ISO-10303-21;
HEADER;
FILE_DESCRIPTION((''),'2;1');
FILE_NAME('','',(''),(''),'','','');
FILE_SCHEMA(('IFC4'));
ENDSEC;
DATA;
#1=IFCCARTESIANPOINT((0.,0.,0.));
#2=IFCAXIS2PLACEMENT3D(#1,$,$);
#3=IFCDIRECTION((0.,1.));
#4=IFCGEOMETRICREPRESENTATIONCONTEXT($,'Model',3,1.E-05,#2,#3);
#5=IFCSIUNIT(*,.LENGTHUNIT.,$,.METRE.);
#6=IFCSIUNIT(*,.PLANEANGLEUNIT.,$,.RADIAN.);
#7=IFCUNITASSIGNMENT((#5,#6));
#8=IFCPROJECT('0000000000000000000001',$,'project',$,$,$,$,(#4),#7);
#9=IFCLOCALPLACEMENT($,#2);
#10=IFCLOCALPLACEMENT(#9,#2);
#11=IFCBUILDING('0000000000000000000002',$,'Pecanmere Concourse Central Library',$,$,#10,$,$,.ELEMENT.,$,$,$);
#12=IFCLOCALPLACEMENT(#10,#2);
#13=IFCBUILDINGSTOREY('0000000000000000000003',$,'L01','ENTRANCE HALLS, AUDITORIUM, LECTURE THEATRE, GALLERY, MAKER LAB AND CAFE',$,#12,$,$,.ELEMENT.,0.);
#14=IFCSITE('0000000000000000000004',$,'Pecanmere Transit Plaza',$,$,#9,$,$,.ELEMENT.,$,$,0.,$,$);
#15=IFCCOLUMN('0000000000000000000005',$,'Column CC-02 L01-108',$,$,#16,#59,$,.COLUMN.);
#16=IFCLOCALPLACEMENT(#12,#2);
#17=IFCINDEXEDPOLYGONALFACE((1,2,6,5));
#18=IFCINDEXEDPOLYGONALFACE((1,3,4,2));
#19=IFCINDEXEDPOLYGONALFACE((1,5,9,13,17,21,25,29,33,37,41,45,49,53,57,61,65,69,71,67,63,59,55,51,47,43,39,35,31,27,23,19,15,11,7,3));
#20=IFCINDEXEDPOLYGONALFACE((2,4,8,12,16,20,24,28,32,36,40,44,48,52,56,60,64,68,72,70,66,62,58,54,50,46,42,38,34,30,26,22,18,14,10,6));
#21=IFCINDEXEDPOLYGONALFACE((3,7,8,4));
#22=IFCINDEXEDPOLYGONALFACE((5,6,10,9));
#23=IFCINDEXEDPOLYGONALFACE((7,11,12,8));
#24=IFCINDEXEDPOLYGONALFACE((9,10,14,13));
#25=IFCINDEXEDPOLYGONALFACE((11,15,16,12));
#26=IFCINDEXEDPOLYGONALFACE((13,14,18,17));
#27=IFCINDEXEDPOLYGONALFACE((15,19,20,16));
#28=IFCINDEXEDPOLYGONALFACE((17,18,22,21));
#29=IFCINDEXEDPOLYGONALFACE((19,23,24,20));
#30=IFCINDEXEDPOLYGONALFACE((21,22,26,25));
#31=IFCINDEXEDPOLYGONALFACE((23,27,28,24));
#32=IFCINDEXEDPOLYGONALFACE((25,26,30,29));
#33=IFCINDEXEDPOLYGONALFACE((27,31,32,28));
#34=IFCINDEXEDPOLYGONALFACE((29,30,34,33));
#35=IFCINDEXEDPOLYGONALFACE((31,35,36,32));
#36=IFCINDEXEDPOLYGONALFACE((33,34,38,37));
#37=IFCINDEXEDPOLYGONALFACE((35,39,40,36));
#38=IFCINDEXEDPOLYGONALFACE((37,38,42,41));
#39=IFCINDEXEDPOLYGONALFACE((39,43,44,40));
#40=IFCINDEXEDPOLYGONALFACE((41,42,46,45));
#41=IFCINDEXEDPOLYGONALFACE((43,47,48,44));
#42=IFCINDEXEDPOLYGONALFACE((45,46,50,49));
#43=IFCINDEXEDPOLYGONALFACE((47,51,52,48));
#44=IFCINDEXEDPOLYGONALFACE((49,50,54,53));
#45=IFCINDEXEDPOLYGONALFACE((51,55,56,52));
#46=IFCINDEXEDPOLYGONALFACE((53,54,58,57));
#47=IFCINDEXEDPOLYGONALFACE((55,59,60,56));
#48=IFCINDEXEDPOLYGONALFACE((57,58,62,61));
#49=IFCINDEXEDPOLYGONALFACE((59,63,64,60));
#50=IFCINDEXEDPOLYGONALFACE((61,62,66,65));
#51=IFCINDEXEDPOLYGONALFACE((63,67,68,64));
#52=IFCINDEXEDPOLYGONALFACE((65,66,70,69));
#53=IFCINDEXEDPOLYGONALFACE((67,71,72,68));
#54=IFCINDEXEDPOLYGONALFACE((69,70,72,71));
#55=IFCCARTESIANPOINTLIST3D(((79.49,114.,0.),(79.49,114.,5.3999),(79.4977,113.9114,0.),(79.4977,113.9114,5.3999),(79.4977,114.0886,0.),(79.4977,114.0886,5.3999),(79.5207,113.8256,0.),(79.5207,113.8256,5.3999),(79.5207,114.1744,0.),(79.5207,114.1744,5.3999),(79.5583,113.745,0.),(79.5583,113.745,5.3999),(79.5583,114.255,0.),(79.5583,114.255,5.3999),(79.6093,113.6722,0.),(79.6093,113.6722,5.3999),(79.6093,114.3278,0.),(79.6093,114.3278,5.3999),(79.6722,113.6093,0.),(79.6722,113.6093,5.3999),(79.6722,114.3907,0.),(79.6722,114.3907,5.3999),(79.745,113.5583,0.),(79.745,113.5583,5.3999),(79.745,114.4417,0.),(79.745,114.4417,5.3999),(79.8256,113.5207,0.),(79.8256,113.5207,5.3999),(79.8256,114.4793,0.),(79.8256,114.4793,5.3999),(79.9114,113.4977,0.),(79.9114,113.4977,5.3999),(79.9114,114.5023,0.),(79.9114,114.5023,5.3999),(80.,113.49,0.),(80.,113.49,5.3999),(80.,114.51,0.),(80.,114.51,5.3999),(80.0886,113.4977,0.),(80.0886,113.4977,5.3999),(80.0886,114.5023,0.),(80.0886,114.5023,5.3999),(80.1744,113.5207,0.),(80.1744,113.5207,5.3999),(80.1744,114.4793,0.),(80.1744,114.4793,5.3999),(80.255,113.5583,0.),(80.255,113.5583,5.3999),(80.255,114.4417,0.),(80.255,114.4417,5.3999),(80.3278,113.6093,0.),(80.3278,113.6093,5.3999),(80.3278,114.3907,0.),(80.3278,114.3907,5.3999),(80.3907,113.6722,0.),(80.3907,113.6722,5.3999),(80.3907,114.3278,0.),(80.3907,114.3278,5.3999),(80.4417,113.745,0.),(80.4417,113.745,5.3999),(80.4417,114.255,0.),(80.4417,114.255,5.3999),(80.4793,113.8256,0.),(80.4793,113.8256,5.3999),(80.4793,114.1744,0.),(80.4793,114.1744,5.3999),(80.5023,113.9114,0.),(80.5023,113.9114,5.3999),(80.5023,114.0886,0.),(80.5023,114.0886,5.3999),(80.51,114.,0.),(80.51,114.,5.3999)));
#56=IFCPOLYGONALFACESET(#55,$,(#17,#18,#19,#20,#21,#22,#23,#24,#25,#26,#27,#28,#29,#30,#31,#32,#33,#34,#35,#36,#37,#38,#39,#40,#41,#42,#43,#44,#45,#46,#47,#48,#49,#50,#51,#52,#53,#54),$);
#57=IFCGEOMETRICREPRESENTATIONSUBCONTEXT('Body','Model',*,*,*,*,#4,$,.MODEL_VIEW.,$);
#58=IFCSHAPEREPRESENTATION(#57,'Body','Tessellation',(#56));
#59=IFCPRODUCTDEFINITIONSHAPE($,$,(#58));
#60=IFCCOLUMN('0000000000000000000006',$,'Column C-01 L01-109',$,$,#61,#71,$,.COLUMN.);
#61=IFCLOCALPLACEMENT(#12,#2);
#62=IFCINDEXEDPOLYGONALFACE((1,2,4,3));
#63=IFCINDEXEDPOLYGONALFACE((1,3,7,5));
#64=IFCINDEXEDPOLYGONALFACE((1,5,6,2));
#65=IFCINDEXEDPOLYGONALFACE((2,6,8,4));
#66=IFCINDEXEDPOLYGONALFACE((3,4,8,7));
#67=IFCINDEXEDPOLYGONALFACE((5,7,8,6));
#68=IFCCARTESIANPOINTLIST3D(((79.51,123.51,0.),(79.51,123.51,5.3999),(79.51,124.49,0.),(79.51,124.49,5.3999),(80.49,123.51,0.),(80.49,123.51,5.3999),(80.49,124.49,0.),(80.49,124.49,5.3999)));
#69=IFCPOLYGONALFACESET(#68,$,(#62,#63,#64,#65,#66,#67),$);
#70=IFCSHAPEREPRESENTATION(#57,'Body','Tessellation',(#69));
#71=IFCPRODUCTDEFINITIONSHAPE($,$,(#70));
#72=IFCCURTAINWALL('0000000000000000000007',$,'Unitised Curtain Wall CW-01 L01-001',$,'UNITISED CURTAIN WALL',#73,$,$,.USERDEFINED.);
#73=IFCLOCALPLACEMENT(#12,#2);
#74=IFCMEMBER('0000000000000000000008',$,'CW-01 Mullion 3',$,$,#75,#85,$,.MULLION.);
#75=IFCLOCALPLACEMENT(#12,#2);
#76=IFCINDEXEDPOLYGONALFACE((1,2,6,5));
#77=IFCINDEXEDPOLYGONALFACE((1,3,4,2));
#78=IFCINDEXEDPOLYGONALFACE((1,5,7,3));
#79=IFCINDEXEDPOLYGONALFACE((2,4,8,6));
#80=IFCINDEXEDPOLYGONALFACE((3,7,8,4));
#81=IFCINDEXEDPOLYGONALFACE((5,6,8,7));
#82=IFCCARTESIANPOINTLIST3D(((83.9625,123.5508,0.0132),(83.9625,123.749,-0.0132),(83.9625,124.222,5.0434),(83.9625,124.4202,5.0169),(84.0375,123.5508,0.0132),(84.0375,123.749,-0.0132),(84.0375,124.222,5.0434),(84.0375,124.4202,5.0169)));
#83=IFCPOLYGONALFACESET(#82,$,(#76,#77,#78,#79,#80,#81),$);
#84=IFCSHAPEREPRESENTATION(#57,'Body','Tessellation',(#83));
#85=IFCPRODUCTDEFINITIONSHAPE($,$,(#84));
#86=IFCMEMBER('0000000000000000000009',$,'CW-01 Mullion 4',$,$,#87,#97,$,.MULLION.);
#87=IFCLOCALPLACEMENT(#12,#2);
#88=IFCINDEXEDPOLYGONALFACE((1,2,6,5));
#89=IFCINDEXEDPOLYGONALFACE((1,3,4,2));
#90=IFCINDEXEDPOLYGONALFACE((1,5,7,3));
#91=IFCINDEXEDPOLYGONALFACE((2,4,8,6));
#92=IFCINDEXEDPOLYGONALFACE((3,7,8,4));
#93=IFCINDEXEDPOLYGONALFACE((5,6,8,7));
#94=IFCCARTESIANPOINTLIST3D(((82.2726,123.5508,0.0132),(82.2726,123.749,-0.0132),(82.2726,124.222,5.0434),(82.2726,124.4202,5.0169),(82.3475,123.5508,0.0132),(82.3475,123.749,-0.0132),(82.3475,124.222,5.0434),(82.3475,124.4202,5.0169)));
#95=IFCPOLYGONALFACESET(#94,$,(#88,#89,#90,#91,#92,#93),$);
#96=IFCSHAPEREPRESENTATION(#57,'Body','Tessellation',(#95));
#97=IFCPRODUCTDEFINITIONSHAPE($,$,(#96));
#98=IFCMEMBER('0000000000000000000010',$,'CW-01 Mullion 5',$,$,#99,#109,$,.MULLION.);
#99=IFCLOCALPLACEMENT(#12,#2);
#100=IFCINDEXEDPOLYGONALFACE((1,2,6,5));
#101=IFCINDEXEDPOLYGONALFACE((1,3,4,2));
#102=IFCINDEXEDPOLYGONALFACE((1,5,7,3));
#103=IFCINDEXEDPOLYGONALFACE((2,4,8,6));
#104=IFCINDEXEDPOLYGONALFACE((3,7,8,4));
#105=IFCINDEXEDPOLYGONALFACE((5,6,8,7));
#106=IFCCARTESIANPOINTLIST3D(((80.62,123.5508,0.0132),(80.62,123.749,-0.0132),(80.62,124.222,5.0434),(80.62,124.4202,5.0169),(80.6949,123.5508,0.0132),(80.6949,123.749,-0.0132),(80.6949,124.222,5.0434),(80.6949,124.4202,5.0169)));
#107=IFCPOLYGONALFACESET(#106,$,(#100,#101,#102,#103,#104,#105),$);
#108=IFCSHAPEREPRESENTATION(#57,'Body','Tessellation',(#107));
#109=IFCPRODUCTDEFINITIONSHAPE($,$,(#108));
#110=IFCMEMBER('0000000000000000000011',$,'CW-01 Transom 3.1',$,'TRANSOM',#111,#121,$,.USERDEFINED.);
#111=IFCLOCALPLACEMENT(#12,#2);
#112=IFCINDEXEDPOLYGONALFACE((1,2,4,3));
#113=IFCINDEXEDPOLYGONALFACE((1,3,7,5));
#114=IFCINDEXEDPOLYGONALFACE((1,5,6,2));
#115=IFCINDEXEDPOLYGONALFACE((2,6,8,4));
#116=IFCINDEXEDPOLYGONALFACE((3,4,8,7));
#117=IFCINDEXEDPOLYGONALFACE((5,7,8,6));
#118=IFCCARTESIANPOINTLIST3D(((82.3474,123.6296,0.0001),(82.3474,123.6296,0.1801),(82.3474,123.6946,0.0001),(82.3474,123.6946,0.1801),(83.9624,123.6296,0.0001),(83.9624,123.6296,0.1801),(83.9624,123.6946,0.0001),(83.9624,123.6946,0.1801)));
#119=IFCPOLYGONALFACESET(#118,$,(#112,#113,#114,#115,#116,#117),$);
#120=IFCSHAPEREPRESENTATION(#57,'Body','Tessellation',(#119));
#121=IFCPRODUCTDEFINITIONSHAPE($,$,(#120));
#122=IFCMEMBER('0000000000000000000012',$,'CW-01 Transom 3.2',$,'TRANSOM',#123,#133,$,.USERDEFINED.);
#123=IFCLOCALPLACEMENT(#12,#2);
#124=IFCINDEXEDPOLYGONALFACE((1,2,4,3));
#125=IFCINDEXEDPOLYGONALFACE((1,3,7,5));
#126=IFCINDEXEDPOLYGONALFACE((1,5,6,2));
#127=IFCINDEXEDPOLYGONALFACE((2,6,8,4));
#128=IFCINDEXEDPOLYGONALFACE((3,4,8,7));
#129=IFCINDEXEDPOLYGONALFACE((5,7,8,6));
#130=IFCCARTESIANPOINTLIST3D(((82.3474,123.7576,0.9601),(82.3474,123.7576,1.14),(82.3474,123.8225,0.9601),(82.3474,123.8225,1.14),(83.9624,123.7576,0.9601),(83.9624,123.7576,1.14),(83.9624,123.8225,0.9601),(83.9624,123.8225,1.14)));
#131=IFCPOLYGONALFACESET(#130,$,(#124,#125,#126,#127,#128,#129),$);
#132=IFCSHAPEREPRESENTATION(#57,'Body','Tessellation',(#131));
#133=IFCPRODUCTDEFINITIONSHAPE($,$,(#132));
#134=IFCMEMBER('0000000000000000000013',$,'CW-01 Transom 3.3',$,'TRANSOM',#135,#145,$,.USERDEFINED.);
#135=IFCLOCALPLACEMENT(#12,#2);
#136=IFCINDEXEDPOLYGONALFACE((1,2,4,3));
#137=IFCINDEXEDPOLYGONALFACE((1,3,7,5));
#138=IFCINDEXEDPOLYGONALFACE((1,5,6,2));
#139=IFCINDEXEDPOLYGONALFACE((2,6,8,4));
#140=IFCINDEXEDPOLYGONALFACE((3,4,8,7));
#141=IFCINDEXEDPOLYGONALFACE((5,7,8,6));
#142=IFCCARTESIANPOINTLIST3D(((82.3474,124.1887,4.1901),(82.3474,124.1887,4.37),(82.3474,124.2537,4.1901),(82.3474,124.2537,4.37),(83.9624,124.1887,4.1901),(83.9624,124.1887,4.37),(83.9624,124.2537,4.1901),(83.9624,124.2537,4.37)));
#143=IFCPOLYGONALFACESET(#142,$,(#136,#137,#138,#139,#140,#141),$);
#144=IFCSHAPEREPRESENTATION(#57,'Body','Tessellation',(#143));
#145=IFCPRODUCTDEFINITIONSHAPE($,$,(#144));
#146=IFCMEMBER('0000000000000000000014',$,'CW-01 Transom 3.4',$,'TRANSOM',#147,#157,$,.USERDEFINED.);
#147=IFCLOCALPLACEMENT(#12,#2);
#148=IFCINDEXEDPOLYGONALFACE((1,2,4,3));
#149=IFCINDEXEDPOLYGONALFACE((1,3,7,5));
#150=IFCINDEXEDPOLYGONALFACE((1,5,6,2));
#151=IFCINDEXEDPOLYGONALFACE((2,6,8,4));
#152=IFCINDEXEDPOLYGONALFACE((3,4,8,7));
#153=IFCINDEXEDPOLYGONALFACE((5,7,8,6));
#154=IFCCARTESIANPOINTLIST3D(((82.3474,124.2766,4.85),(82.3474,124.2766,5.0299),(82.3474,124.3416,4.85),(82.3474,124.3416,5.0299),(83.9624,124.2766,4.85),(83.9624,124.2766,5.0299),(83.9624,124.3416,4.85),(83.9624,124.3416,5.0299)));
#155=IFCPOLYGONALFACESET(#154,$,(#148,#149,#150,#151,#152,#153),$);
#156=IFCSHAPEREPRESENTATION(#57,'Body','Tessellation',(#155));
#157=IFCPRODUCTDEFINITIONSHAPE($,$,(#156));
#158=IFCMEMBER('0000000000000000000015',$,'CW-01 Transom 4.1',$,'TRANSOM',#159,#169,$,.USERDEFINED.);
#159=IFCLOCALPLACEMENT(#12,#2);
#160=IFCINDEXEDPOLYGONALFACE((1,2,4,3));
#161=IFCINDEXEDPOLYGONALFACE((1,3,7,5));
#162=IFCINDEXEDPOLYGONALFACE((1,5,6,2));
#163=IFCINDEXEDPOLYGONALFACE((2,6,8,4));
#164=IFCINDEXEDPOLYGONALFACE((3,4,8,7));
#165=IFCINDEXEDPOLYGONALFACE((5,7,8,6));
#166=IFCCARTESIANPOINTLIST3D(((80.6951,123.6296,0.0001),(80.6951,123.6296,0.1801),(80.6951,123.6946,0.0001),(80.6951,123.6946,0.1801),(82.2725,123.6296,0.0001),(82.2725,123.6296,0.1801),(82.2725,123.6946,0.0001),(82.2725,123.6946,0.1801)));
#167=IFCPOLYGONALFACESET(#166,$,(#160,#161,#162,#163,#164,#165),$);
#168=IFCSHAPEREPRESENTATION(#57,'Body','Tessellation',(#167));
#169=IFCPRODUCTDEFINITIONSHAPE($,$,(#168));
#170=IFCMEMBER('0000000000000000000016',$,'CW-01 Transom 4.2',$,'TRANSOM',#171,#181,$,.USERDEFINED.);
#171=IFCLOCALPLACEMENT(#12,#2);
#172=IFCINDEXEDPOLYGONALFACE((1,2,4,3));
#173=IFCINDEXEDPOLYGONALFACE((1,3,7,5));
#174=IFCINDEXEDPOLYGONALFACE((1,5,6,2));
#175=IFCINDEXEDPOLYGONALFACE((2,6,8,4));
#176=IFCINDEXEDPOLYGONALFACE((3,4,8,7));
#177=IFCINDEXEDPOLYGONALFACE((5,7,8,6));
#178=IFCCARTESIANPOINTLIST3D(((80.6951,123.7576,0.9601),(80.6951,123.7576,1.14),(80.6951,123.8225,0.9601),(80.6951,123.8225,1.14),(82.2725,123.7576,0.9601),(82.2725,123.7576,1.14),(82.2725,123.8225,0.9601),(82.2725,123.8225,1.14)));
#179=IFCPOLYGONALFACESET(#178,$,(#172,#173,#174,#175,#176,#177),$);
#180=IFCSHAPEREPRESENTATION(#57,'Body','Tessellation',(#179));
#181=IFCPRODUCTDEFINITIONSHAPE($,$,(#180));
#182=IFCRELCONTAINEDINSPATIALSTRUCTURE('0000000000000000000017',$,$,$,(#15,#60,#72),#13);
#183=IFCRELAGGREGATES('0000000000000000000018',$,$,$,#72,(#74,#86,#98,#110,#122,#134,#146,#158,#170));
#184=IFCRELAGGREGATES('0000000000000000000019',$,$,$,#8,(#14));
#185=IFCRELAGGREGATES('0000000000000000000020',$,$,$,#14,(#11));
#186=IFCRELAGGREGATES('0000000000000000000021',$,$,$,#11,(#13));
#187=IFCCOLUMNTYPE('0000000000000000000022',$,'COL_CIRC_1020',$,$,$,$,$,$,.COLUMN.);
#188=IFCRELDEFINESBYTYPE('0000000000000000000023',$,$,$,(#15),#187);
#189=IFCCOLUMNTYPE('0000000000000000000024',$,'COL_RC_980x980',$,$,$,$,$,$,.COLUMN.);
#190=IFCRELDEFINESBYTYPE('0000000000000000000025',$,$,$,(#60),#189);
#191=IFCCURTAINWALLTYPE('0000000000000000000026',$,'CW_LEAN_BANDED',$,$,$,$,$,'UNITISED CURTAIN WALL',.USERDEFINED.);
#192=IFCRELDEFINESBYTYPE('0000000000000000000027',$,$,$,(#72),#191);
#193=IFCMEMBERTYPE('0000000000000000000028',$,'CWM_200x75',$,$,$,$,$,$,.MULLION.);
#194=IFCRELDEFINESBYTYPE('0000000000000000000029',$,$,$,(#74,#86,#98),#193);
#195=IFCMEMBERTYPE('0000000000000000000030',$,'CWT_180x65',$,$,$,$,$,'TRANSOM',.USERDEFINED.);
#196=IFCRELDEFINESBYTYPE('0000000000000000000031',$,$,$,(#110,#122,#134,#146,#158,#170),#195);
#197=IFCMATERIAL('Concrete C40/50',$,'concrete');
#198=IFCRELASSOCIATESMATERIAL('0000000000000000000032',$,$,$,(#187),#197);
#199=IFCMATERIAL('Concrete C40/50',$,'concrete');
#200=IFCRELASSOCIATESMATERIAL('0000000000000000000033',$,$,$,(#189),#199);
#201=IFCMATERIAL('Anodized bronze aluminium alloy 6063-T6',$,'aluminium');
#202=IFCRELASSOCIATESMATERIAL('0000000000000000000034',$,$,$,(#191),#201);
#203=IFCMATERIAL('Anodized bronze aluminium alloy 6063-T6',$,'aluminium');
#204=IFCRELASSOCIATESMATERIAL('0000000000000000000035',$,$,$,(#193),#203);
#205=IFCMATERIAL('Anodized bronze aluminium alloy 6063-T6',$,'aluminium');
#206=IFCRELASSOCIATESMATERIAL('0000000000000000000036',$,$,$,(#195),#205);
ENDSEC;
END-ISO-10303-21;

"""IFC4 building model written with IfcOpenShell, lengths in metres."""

from ifc_helpers import new_model, si_unit, direction, frame, origin, origin_2d, place, context, subcontext, project, spatial, rectangle, circle, extrude, material, material_profile, profile_set, type_object, element, aggregate, save


model = new_model("IFC4")

# Units and contexts
model_context = context("Model", 3, precision=1e-05, world=origin(), true_north=direction((0.0, 1.0)))
body_context = subcontext(model_context, "Body", "Model", "MODEL_VIEW")
ifc_project = project(units=[si_unit("LENGTHUNIT", "METRE"), si_unit("PLANEANGLEUNIT", "RADIAN")], contexts=[model_context])

# Site, building, storey
site_placement = place(None, origin())
site = spatial("IfcSite", under=ifc_project, at=site_placement, Name="Pecanmere Transit Plaza", CompositionType="ELEMENT", RefElevation=0.0)
building_placement = place(site_placement, origin())
building = spatial("IfcBuilding", under=site, at=building_placement, Name="Pecanmere Concourse Central Library", CompositionType="ELEMENT")
storey_placement = place(building_placement, origin())
storey = spatial("IfcBuildingStorey", under=building, at=storey_placement, Name="L01", Description="ENTRANCE HALLS, AUDITORIUM, LECTURE THEATRE, GALLERY, MAKER LAB AND CAFE", CompositionType="ELEMENT", Elevation=0.0)

# Columns
ifc_material_1 = material(Name="Concrete C40/50", Category="concrete")
ifc_material_profile_1 = material_profile(ifc_material_1, circle(Radius=0.51, at=origin_2d()), Name="RC D1020")
ifc_profile_set_1 = profile_set([ifc_material_profile_1], Name="Concrete C40/50")
column_type_1 = type_object("IfcColumnType", Name="COL_CIRC_1020", PredefinedType="COLUMN", material=ifc_profile_set_1)
column_1_placement = place(storey_placement, frame((80.0, 114.0, 0.0), z_axis=(0.0, 0.0, 1.0), x_axis=(1.0, 0.0, 0.0)))
element("IfcColumn", 1, at=column_1_placement, inside=storey, type_object=column_type_1, Name="Column CC-02 L01-108", PredefinedType="COLUMN", context=body_context, shape_type="SweptSolid", body=[
    extrude(circle(Radius=0.51, at=origin_2d()), origin(), (0.0, 0.0, 1.0), 5.3999),
])
ifc_material_2 = material(Name="Concrete C40/50", Category="concrete")
ifc_material_profile_2 = material_profile(ifc_material_2, rectangle(XDim=0.98, YDim=0.98, at=origin_2d()), Name="RC 980x980")
ifc_profile_set_2 = profile_set([ifc_material_profile_2], Name="Concrete C40/50")
column_type_2 = type_object("IfcColumnType", Name="COL_RC_980x980", PredefinedType="COLUMN", material=ifc_profile_set_2)
column_2_placement = place(storey_placement, frame((80.0, 124.0, 0.0), z_axis=(0.0, 0.0, 1.0), x_axis=(1.0, 0.0, 0.0)))
element("IfcColumn", 2, at=column_2_placement, inside=storey, type_object=column_type_2, Name="Column C-01 L01-109", PredefinedType="COLUMN", context=body_context, shape_type="SweptSolid", body=[
    extrude(rectangle(XDim=0.98, YDim=0.98, at=origin_2d()), origin(), (0.0, 0.0, 1.0), 5.3999),
])

# Curtain wall, members
ifc_material_3 = material(Name="Anodized bronze aluminium alloy 6063-T6", Category="aluminium")
curtain_wall_type = type_object("IfcCurtainWallType", Name="CW_LEAN_BANDED", ElementType="UNITISED CURTAIN WALL", PredefinedType="USERDEFINED", material=ifc_material_3)
curtain_wall_placement = place(storey_placement, origin())
curtain_wall = element("IfcCurtainWall", 3, at=curtain_wall_placement, inside=storey, type_object=curtain_wall_type, Name="Unitised Curtain Wall CW-01 L01-001", ObjectType="UNITISED CURTAIN WALL", PredefinedType="USERDEFINED")
ifc_material_4 = material(Name="Anodized bronze aluminium alloy 6063-T6", Category="aluminium")
ifc_material_profile_3 = material_profile(ifc_material_4, rectangle(XDim=0.075, YDim=0.2, at=origin_2d()), Name="AL 75x200")
ifc_profile_set_3 = profile_set([ifc_material_profile_3], Name="Anodized bronze aluminium alloy 6063-T6")
member_type_1 = type_object("IfcMemberType", Name="CWM_200x75", PredefinedType="MULLION", material=ifc_profile_set_3)
member_1_placement = place(storey_placement, frame((84.0, 123.6499, 0.0), z_axis=(0.0, 0.132255, 0.991216), x_axis=(-1.0, 0.0, 0.0)))
member_1 = element("IfcMember", 4, at=member_1_placement, type_object=member_type_1, Name="CW-01 Mullion 3", PredefinedType="MULLION", context=body_context, shape_type="SweptSolid", body=[
    extrude(rectangle(XDim=0.075, YDim=0.2, at=origin_2d()), origin(), (0.0, 0.0, 1.0), 5.0747),
])
member_2_placement = place(storey_placement, frame((82.3101, 123.6499, 0.0), z_axis=(0.0, 0.132255, 0.991216), x_axis=(-1.0, 0.0, 0.0)))
member_2 = element("IfcMember", 5, at=member_2_placement, type_object=member_type_1, Name="CW-01 Mullion 4", PredefinedType="MULLION", context=body_context, shape_type="SweptSolid", body=[
    extrude(rectangle(XDim=0.075, YDim=0.2, at=origin_2d()), origin(), (0.0, 0.0, 1.0), 5.0747),
])
member_3_placement = place(storey_placement, frame((80.6575, 123.6499, 0.0), z_axis=(0.0, 0.132255, 0.991216), x_axis=(-1.0, 0.0, 0.0)))
member_3 = element("IfcMember", 6, at=member_3_placement, type_object=member_type_1, Name="CW-01 Mullion 5", PredefinedType="MULLION", context=body_context, shape_type="SweptSolid", body=[
    extrude(rectangle(XDim=0.075, YDim=0.2, at=origin_2d()), origin(), (0.0, 0.0, 1.0), 5.0747),
])
ifc_material_5 = material(Name="Anodized bronze aluminium alloy 6063-T6", Category="aluminium")
ifc_material_profile_4 = material_profile(ifc_material_5, rectangle(XDim=0.0649, YDim=0.1799, at=origin_2d()), Name="AL 65x180")
ifc_profile_set_4 = profile_set([ifc_material_profile_4], Name="Anodized bronze aluminium alloy 6063-T6")
member_type_2 = type_object("IfcMemberType", Name="CWT_180x65", ElementType="TRANSOM", PredefinedType="USERDEFINED", material=ifc_profile_set_4)
member_4_placement = place(storey_placement, frame((83.9624, 123.6621, 0.0901), z_axis=(-1.0, 0.0, 0.0), x_axis=(0.0, -1.0, 0.0)))
member_4 = element("IfcMember", 7, at=member_4_placement, type_object=member_type_2, Name="CW-01 Transom 3.1", ObjectType="TRANSOM", PredefinedType="USERDEFINED", context=body_context, shape_type="SweptSolid", body=[
    extrude(rectangle(XDim=0.0649, YDim=0.1799, at=origin_2d()), origin(), (0.0, 0.0, 1.0), 1.615),
])
member_5_placement = place(storey_placement, frame((83.9624, 123.79, 1.05), z_axis=(-1.0, 0.0, 0.0), x_axis=(0.0, -1.0, 0.0)))
member_5 = element("IfcMember", 8, at=member_5_placement, type_object=member_type_2, Name="CW-01 Transom 3.2", ObjectType="TRANSOM", PredefinedType="USERDEFINED", context=body_context, shape_type="SweptSolid", body=[
    extrude(rectangle(XDim=0.0649, YDim=0.1799, at=origin_2d()), origin(), (0.0, 0.0, 1.0), 1.615),
])
member_6_placement = place(storey_placement, frame((83.9624, 124.2212, 4.28), z_axis=(-1.0, 0.0, 0.0), x_axis=(0.0, -1.0, 0.0)))
member_6 = element("IfcMember", 9, at=member_6_placement, type_object=member_type_2, Name="CW-01 Transom 3.3", ObjectType="TRANSOM", PredefinedType="USERDEFINED", context=body_context, shape_type="SweptSolid", body=[
    extrude(rectangle(XDim=0.0649, YDim=0.1799, at=origin_2d()), origin(), (0.0, 0.0, 1.0), 1.615),
])
member_7_placement = place(storey_placement, frame((83.9624, 124.3091, 4.9399), z_axis=(-1.0, 0.0, 0.0), x_axis=(0.0, -1.0, 0.0)))
member_7 = element("IfcMember", 10, at=member_7_placement, type_object=member_type_2, Name="CW-01 Transom 3.4", ObjectType="TRANSOM", PredefinedType="USERDEFINED", context=body_context, shape_type="SweptSolid", body=[
    extrude(rectangle(XDim=0.0649, YDim=0.1799, at=origin_2d()), origin(), (0.0, 0.0, 1.0), 1.615),
])
member_8_placement = place(storey_placement, frame((82.2725, 123.6621, 0.0901), z_axis=(-1.0, 0.0, 0.0), x_axis=(0.0, -1.0, 0.0)))
member_8 = element("IfcMember", 11, at=member_8_placement, type_object=member_type_2, Name="CW-01 Transom 4.1", ObjectType="TRANSOM", PredefinedType="USERDEFINED", context=body_context, shape_type="SweptSolid", body=[
    extrude(rectangle(XDim=0.0649, YDim=0.1799, at=origin_2d()), origin(), (0.0, 0.0, 1.0), 1.5774),
])
member_9_placement = place(storey_placement, frame((82.2725, 123.79, 1.05), z_axis=(-1.0, 0.0, 0.0), x_axis=(0.0, -1.0, 0.0)))
member_9 = element("IfcMember", 12, at=member_9_placement, type_object=member_type_2, Name="CW-01 Transom 4.2", ObjectType="TRANSOM", PredefinedType="USERDEFINED", context=body_context, shape_type="SweptSolid", body=[
    extrude(rectangle(XDim=0.0649, YDim=0.1799, at=origin_2d()), origin(), (0.0, 0.0, 1.0), 1.5774),
])
aggregate(curtain_wall, [member_1, member_2, member_3, member_4, member_5, member_6, member_7, member_8, member_9])

save(model, "model.ifc")
